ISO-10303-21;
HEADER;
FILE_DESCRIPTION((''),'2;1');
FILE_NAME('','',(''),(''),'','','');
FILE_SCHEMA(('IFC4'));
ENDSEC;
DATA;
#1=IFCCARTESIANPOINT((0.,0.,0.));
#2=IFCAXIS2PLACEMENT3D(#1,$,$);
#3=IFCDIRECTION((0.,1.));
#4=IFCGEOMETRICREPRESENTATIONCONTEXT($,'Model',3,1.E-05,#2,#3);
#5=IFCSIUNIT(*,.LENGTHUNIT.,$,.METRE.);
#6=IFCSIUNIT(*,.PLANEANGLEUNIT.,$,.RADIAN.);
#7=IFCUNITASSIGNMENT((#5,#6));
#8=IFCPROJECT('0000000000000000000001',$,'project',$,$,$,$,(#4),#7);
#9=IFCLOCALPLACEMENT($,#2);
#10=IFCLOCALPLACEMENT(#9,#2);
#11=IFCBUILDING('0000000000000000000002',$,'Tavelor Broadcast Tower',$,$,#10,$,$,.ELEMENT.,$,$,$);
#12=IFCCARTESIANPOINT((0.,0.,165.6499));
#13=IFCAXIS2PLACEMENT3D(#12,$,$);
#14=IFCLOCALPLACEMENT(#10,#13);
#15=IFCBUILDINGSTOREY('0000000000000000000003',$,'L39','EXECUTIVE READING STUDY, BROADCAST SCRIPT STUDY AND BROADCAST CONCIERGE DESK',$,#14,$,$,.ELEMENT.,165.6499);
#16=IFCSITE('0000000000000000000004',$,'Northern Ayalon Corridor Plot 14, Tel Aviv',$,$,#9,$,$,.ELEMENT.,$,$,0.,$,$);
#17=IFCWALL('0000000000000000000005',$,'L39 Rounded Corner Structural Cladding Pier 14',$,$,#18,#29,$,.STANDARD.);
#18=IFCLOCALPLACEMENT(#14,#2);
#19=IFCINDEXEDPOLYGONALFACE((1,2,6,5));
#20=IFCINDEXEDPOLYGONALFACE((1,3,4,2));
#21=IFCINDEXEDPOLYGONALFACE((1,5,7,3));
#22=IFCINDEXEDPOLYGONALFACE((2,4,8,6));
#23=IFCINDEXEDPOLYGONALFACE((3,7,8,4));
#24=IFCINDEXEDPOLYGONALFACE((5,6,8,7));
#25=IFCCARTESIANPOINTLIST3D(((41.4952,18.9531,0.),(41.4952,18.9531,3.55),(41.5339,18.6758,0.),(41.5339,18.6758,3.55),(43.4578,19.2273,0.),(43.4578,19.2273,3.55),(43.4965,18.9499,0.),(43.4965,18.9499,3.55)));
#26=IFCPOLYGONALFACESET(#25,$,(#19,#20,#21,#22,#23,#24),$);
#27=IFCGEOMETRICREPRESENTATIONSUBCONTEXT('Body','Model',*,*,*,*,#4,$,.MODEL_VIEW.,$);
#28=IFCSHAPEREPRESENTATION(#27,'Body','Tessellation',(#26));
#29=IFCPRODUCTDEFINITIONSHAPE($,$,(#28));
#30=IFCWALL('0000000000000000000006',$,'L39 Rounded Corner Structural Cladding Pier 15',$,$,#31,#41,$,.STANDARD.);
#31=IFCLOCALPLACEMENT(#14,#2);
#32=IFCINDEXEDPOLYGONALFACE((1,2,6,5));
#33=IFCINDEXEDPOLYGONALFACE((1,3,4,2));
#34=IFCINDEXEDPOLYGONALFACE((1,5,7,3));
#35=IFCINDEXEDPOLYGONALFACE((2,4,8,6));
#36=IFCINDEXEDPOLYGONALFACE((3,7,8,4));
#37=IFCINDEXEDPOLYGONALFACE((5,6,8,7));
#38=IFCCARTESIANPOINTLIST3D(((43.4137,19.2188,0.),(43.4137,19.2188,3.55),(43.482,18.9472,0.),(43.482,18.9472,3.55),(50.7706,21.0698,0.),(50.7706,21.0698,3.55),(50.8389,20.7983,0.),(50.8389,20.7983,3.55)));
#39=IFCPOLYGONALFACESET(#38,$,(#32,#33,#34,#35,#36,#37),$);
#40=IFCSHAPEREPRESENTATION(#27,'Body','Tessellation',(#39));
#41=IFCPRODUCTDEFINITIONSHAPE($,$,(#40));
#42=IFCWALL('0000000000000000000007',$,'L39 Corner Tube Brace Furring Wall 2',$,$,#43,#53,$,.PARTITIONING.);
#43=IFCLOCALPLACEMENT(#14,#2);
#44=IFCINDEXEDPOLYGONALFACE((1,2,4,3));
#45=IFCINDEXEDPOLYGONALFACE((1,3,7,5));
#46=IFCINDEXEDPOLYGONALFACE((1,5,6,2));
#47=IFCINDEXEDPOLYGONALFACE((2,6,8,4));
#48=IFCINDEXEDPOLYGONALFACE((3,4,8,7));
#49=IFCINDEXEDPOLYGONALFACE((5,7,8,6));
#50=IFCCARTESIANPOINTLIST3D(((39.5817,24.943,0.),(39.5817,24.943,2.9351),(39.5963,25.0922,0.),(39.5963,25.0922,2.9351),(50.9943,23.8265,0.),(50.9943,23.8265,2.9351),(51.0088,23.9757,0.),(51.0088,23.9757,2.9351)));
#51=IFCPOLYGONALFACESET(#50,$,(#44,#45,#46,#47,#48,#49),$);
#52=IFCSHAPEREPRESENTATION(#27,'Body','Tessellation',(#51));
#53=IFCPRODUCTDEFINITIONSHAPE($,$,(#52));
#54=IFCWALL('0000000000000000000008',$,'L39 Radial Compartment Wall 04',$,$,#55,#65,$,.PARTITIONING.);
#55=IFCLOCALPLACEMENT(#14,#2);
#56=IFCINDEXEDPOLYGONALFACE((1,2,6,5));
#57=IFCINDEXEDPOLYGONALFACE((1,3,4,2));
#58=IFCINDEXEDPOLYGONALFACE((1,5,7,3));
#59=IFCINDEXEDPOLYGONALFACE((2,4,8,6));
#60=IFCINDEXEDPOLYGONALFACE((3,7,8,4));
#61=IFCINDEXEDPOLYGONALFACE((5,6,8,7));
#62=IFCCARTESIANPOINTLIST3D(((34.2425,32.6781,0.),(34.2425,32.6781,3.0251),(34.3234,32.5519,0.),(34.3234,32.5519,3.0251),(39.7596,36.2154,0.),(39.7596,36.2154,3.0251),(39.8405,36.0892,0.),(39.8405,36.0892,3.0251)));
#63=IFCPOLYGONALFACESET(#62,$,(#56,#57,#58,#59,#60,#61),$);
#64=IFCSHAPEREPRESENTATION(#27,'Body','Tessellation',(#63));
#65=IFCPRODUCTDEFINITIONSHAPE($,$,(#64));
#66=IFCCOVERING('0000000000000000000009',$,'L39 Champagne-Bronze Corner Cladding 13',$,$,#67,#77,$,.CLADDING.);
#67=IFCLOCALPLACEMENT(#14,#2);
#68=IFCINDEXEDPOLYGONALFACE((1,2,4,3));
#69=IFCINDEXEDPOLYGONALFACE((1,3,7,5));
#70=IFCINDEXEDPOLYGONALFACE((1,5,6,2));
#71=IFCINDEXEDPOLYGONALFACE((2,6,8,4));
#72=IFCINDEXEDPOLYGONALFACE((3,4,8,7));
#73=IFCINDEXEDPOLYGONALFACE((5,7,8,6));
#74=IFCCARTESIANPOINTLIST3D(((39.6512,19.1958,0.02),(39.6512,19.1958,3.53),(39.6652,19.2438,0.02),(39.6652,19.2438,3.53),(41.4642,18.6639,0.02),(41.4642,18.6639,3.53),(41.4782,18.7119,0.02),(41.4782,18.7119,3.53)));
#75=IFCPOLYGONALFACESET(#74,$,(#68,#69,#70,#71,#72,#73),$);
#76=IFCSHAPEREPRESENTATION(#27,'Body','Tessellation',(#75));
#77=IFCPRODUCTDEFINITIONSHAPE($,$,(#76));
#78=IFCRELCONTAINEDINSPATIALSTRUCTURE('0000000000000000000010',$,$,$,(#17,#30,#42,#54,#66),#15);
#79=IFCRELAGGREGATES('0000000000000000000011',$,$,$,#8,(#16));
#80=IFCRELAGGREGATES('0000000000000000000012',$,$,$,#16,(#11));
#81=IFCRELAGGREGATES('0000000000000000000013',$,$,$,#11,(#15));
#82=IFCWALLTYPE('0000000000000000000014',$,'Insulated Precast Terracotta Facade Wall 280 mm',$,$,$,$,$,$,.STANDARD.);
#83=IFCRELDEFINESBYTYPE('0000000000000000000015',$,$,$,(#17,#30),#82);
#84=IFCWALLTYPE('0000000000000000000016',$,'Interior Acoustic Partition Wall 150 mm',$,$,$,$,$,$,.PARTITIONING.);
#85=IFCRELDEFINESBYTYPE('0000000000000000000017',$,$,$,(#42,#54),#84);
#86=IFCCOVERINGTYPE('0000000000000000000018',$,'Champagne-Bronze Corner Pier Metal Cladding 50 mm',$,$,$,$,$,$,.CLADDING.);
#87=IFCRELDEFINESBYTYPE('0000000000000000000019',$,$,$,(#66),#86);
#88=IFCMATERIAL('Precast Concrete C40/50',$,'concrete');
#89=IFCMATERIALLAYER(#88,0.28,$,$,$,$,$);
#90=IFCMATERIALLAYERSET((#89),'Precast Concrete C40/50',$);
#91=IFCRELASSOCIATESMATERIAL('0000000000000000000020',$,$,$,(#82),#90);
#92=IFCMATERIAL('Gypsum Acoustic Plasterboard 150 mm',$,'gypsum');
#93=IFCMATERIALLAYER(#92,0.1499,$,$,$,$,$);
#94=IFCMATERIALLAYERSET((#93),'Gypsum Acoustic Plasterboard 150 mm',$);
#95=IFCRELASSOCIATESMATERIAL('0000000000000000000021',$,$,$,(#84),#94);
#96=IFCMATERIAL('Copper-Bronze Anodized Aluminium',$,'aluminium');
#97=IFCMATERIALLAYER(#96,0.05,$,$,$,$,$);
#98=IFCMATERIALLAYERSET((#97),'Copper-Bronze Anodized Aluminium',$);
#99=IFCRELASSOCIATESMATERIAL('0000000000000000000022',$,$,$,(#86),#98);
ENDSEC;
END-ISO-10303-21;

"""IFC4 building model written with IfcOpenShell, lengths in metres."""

from ifc_helpers import new_model, si_unit, direction, frame, frame_2d, origin, origin_2d, place, context, subcontext, project, spatial, rectangle, extrude, material, layer, layer_set, type_object, element, save


model = new_model("IFC4")

# Units and contexts
model_context = context("Model", 3, precision=1e-05, world=origin(), true_north=direction((0.0, 1.0)))
body_context = subcontext(model_context, "Body", "Model", "MODEL_VIEW")
ifc_project = project(units=[si_unit("LENGTHUNIT", "METRE"), si_unit("PLANEANGLEUNIT", "RADIAN")], contexts=[model_context])

# Site, building, storey
site_placement = place(None, origin())
site = spatial("IfcSite", under=ifc_project, at=site_placement, Name="Northern Ayalon Corridor Plot 14, Tel Aviv", CompositionType="ELEMENT", RefElevation=0.0)
building_placement = place(site_placement, origin())
building = spatial("IfcBuilding", under=site, at=building_placement, Name="Tavelor Broadcast Tower", CompositionType="ELEMENT")
storey_placement = place(building_placement, frame((0.0, 0.0, 165.6499)))
storey = spatial("IfcBuildingStorey", under=building, at=storey_placement, Name="L39", Description="EXECUTIVE READING STUDY, BROADCAST SCRIPT STUDY AND BROADCAST CONCIERGE DESK", CompositionType="ELEMENT", Elevation=165.6499)

# Walls
ifc_material_1 = material(Name="Precast Concrete C40/50", Category="concrete")
ifc_layer_1 = layer(ifc_material_1, 0.28)
ifc_layer_set_1 = layer_set([ifc_layer_1], Name="Precast Concrete C40/50")
wall_type_1 = type_object("IfcWallType", Name="Insulated Precast Terracotta Facade Wall 280 mm", PredefinedType="STANDARD", material=ifc_layer_set_1)
wall_1_placement = place(storey_placement, frame((41.5146, 18.8145, 0.0), z_axis=(0.0, 0.0, 1.0), x_axis=(0.990383, 0.138351, 0.0)))
element("IfcWall", 1, at=wall_1_placement, inside=storey, type_object=wall_type_1, Name="L39 Rounded Corner Structural Cladding Pier 14", PredefinedType="STANDARD", context=body_context, shape_type="SweptSolid", body=[
    extrude(rectangle(XDim=1.9817, YDim=0.28, at=frame_2d((0.9907, 0.0))), origin(), (0.0, 0.0, 1.0), 3.55),
])
wall_2_placement = place(storey_placement, frame((43.448, 19.083, 0.0), z_axis=(0.0, 0.0, 1.0), x_axis=(0.969774, 0.244004, 0.0)))
element("IfcWall", 2, at=wall_2_placement, inside=storey, type_object=wall_type_1, Name="L39 Rounded Corner Structural Cladding Pier 15", PredefinedType="STANDARD", context=body_context, shape_type="SweptSolid", body=[
    extrude(rectangle(XDim=7.5862, YDim=0.28, at=frame_2d((3.793, 0.0))), origin(), (0.0, 0.0, 1.0), 3.55),
])
ifc_material_2 = material(Name="Gypsum Acoustic Plasterboard 150 mm", Category="gypsum")
ifc_layer_2 = layer(ifc_material_2, 0.1499)
ifc_layer_set_2 = layer_set([ifc_layer_2], Name="Gypsum Acoustic Plasterboard 150 mm")
wall_type_2 = type_object("IfcWallType", Name="Interior Acoustic Partition Wall 150 mm", PredefinedType="PARTITIONING", material=ifc_layer_set_2)
wall_3_placement = place(storey_placement, frame((39.5891, 25.0176, 0.0), z_axis=(0.0, 0.0, 1.0), x_axis=(0.995249, -0.097362, 0.0)))
element("IfcWall", 3, at=wall_3_placement, inside=storey, type_object=wall_type_2, Name="L39 Corner Tube Brace Furring Wall 2", PredefinedType="PARTITIONING", context=body_context, shape_type="SweptSolid", body=[
    extrude(rectangle(XDim=11.467, YDim=0.1499, at=frame_2d((5.7334, 0.0))), origin(), (0.0, 0.0, 1.0), 2.9351),
])
wall_4_placement = place(storey_placement, frame((39.8, 36.1523, 0.0), z_axis=(0.0, 0.0, 1.0), x_axis=(-0.841827, -0.539748, 0.0)))
element("IfcWall", 4, at=wall_4_placement, inside=storey, type_object=wall_type_2, Name="L39 Radial Compartment Wall 04", PredefinedType="PARTITIONING", context=body_context, shape_type="SweptSolid", body=[
    extrude(rectangle(XDim=6.5537, YDim=0.1499, at=frame_2d((3.2769, 0.0))), origin(), (0.0, 0.0, 1.0), 3.0251),
])

# Covering
ifc_material_3 = material(Name="Copper-Bronze Anodized Aluminium", Category="aluminium")
ifc_layer_3 = layer(ifc_material_3, 0.05)
ifc_layer_set_3 = layer_set([ifc_layer_3], Name="Copper-Bronze Anodized Aluminium")
covering_type = type_object("IfcCoveringType", Name="Champagne-Bronze Corner Pier Metal Cladding 50 mm", PredefinedType="CLADDING", material=ifc_layer_set_3)
covering_placement = place(storey_placement, frame((40.5647, 18.9539, 0.02), z_axis=(0.0, 0.0, 1.0), x_axis=(0.95956, -0.281504, 0.0)))
element("IfcCovering", 5, at=covering_placement, inside=storey, type_object=covering_type, Name="L39 Champagne-Bronze Corner Cladding 13", PredefinedType="CLADDING", context=body_context, shape_type="SweptSolid", body=[
    extrude(rectangle(XDim=1.8894, YDim=0.05, at=origin_2d()), origin(), (0.0, 0.0, 1.0), 3.51),
])

save(model, "model.ifc")
